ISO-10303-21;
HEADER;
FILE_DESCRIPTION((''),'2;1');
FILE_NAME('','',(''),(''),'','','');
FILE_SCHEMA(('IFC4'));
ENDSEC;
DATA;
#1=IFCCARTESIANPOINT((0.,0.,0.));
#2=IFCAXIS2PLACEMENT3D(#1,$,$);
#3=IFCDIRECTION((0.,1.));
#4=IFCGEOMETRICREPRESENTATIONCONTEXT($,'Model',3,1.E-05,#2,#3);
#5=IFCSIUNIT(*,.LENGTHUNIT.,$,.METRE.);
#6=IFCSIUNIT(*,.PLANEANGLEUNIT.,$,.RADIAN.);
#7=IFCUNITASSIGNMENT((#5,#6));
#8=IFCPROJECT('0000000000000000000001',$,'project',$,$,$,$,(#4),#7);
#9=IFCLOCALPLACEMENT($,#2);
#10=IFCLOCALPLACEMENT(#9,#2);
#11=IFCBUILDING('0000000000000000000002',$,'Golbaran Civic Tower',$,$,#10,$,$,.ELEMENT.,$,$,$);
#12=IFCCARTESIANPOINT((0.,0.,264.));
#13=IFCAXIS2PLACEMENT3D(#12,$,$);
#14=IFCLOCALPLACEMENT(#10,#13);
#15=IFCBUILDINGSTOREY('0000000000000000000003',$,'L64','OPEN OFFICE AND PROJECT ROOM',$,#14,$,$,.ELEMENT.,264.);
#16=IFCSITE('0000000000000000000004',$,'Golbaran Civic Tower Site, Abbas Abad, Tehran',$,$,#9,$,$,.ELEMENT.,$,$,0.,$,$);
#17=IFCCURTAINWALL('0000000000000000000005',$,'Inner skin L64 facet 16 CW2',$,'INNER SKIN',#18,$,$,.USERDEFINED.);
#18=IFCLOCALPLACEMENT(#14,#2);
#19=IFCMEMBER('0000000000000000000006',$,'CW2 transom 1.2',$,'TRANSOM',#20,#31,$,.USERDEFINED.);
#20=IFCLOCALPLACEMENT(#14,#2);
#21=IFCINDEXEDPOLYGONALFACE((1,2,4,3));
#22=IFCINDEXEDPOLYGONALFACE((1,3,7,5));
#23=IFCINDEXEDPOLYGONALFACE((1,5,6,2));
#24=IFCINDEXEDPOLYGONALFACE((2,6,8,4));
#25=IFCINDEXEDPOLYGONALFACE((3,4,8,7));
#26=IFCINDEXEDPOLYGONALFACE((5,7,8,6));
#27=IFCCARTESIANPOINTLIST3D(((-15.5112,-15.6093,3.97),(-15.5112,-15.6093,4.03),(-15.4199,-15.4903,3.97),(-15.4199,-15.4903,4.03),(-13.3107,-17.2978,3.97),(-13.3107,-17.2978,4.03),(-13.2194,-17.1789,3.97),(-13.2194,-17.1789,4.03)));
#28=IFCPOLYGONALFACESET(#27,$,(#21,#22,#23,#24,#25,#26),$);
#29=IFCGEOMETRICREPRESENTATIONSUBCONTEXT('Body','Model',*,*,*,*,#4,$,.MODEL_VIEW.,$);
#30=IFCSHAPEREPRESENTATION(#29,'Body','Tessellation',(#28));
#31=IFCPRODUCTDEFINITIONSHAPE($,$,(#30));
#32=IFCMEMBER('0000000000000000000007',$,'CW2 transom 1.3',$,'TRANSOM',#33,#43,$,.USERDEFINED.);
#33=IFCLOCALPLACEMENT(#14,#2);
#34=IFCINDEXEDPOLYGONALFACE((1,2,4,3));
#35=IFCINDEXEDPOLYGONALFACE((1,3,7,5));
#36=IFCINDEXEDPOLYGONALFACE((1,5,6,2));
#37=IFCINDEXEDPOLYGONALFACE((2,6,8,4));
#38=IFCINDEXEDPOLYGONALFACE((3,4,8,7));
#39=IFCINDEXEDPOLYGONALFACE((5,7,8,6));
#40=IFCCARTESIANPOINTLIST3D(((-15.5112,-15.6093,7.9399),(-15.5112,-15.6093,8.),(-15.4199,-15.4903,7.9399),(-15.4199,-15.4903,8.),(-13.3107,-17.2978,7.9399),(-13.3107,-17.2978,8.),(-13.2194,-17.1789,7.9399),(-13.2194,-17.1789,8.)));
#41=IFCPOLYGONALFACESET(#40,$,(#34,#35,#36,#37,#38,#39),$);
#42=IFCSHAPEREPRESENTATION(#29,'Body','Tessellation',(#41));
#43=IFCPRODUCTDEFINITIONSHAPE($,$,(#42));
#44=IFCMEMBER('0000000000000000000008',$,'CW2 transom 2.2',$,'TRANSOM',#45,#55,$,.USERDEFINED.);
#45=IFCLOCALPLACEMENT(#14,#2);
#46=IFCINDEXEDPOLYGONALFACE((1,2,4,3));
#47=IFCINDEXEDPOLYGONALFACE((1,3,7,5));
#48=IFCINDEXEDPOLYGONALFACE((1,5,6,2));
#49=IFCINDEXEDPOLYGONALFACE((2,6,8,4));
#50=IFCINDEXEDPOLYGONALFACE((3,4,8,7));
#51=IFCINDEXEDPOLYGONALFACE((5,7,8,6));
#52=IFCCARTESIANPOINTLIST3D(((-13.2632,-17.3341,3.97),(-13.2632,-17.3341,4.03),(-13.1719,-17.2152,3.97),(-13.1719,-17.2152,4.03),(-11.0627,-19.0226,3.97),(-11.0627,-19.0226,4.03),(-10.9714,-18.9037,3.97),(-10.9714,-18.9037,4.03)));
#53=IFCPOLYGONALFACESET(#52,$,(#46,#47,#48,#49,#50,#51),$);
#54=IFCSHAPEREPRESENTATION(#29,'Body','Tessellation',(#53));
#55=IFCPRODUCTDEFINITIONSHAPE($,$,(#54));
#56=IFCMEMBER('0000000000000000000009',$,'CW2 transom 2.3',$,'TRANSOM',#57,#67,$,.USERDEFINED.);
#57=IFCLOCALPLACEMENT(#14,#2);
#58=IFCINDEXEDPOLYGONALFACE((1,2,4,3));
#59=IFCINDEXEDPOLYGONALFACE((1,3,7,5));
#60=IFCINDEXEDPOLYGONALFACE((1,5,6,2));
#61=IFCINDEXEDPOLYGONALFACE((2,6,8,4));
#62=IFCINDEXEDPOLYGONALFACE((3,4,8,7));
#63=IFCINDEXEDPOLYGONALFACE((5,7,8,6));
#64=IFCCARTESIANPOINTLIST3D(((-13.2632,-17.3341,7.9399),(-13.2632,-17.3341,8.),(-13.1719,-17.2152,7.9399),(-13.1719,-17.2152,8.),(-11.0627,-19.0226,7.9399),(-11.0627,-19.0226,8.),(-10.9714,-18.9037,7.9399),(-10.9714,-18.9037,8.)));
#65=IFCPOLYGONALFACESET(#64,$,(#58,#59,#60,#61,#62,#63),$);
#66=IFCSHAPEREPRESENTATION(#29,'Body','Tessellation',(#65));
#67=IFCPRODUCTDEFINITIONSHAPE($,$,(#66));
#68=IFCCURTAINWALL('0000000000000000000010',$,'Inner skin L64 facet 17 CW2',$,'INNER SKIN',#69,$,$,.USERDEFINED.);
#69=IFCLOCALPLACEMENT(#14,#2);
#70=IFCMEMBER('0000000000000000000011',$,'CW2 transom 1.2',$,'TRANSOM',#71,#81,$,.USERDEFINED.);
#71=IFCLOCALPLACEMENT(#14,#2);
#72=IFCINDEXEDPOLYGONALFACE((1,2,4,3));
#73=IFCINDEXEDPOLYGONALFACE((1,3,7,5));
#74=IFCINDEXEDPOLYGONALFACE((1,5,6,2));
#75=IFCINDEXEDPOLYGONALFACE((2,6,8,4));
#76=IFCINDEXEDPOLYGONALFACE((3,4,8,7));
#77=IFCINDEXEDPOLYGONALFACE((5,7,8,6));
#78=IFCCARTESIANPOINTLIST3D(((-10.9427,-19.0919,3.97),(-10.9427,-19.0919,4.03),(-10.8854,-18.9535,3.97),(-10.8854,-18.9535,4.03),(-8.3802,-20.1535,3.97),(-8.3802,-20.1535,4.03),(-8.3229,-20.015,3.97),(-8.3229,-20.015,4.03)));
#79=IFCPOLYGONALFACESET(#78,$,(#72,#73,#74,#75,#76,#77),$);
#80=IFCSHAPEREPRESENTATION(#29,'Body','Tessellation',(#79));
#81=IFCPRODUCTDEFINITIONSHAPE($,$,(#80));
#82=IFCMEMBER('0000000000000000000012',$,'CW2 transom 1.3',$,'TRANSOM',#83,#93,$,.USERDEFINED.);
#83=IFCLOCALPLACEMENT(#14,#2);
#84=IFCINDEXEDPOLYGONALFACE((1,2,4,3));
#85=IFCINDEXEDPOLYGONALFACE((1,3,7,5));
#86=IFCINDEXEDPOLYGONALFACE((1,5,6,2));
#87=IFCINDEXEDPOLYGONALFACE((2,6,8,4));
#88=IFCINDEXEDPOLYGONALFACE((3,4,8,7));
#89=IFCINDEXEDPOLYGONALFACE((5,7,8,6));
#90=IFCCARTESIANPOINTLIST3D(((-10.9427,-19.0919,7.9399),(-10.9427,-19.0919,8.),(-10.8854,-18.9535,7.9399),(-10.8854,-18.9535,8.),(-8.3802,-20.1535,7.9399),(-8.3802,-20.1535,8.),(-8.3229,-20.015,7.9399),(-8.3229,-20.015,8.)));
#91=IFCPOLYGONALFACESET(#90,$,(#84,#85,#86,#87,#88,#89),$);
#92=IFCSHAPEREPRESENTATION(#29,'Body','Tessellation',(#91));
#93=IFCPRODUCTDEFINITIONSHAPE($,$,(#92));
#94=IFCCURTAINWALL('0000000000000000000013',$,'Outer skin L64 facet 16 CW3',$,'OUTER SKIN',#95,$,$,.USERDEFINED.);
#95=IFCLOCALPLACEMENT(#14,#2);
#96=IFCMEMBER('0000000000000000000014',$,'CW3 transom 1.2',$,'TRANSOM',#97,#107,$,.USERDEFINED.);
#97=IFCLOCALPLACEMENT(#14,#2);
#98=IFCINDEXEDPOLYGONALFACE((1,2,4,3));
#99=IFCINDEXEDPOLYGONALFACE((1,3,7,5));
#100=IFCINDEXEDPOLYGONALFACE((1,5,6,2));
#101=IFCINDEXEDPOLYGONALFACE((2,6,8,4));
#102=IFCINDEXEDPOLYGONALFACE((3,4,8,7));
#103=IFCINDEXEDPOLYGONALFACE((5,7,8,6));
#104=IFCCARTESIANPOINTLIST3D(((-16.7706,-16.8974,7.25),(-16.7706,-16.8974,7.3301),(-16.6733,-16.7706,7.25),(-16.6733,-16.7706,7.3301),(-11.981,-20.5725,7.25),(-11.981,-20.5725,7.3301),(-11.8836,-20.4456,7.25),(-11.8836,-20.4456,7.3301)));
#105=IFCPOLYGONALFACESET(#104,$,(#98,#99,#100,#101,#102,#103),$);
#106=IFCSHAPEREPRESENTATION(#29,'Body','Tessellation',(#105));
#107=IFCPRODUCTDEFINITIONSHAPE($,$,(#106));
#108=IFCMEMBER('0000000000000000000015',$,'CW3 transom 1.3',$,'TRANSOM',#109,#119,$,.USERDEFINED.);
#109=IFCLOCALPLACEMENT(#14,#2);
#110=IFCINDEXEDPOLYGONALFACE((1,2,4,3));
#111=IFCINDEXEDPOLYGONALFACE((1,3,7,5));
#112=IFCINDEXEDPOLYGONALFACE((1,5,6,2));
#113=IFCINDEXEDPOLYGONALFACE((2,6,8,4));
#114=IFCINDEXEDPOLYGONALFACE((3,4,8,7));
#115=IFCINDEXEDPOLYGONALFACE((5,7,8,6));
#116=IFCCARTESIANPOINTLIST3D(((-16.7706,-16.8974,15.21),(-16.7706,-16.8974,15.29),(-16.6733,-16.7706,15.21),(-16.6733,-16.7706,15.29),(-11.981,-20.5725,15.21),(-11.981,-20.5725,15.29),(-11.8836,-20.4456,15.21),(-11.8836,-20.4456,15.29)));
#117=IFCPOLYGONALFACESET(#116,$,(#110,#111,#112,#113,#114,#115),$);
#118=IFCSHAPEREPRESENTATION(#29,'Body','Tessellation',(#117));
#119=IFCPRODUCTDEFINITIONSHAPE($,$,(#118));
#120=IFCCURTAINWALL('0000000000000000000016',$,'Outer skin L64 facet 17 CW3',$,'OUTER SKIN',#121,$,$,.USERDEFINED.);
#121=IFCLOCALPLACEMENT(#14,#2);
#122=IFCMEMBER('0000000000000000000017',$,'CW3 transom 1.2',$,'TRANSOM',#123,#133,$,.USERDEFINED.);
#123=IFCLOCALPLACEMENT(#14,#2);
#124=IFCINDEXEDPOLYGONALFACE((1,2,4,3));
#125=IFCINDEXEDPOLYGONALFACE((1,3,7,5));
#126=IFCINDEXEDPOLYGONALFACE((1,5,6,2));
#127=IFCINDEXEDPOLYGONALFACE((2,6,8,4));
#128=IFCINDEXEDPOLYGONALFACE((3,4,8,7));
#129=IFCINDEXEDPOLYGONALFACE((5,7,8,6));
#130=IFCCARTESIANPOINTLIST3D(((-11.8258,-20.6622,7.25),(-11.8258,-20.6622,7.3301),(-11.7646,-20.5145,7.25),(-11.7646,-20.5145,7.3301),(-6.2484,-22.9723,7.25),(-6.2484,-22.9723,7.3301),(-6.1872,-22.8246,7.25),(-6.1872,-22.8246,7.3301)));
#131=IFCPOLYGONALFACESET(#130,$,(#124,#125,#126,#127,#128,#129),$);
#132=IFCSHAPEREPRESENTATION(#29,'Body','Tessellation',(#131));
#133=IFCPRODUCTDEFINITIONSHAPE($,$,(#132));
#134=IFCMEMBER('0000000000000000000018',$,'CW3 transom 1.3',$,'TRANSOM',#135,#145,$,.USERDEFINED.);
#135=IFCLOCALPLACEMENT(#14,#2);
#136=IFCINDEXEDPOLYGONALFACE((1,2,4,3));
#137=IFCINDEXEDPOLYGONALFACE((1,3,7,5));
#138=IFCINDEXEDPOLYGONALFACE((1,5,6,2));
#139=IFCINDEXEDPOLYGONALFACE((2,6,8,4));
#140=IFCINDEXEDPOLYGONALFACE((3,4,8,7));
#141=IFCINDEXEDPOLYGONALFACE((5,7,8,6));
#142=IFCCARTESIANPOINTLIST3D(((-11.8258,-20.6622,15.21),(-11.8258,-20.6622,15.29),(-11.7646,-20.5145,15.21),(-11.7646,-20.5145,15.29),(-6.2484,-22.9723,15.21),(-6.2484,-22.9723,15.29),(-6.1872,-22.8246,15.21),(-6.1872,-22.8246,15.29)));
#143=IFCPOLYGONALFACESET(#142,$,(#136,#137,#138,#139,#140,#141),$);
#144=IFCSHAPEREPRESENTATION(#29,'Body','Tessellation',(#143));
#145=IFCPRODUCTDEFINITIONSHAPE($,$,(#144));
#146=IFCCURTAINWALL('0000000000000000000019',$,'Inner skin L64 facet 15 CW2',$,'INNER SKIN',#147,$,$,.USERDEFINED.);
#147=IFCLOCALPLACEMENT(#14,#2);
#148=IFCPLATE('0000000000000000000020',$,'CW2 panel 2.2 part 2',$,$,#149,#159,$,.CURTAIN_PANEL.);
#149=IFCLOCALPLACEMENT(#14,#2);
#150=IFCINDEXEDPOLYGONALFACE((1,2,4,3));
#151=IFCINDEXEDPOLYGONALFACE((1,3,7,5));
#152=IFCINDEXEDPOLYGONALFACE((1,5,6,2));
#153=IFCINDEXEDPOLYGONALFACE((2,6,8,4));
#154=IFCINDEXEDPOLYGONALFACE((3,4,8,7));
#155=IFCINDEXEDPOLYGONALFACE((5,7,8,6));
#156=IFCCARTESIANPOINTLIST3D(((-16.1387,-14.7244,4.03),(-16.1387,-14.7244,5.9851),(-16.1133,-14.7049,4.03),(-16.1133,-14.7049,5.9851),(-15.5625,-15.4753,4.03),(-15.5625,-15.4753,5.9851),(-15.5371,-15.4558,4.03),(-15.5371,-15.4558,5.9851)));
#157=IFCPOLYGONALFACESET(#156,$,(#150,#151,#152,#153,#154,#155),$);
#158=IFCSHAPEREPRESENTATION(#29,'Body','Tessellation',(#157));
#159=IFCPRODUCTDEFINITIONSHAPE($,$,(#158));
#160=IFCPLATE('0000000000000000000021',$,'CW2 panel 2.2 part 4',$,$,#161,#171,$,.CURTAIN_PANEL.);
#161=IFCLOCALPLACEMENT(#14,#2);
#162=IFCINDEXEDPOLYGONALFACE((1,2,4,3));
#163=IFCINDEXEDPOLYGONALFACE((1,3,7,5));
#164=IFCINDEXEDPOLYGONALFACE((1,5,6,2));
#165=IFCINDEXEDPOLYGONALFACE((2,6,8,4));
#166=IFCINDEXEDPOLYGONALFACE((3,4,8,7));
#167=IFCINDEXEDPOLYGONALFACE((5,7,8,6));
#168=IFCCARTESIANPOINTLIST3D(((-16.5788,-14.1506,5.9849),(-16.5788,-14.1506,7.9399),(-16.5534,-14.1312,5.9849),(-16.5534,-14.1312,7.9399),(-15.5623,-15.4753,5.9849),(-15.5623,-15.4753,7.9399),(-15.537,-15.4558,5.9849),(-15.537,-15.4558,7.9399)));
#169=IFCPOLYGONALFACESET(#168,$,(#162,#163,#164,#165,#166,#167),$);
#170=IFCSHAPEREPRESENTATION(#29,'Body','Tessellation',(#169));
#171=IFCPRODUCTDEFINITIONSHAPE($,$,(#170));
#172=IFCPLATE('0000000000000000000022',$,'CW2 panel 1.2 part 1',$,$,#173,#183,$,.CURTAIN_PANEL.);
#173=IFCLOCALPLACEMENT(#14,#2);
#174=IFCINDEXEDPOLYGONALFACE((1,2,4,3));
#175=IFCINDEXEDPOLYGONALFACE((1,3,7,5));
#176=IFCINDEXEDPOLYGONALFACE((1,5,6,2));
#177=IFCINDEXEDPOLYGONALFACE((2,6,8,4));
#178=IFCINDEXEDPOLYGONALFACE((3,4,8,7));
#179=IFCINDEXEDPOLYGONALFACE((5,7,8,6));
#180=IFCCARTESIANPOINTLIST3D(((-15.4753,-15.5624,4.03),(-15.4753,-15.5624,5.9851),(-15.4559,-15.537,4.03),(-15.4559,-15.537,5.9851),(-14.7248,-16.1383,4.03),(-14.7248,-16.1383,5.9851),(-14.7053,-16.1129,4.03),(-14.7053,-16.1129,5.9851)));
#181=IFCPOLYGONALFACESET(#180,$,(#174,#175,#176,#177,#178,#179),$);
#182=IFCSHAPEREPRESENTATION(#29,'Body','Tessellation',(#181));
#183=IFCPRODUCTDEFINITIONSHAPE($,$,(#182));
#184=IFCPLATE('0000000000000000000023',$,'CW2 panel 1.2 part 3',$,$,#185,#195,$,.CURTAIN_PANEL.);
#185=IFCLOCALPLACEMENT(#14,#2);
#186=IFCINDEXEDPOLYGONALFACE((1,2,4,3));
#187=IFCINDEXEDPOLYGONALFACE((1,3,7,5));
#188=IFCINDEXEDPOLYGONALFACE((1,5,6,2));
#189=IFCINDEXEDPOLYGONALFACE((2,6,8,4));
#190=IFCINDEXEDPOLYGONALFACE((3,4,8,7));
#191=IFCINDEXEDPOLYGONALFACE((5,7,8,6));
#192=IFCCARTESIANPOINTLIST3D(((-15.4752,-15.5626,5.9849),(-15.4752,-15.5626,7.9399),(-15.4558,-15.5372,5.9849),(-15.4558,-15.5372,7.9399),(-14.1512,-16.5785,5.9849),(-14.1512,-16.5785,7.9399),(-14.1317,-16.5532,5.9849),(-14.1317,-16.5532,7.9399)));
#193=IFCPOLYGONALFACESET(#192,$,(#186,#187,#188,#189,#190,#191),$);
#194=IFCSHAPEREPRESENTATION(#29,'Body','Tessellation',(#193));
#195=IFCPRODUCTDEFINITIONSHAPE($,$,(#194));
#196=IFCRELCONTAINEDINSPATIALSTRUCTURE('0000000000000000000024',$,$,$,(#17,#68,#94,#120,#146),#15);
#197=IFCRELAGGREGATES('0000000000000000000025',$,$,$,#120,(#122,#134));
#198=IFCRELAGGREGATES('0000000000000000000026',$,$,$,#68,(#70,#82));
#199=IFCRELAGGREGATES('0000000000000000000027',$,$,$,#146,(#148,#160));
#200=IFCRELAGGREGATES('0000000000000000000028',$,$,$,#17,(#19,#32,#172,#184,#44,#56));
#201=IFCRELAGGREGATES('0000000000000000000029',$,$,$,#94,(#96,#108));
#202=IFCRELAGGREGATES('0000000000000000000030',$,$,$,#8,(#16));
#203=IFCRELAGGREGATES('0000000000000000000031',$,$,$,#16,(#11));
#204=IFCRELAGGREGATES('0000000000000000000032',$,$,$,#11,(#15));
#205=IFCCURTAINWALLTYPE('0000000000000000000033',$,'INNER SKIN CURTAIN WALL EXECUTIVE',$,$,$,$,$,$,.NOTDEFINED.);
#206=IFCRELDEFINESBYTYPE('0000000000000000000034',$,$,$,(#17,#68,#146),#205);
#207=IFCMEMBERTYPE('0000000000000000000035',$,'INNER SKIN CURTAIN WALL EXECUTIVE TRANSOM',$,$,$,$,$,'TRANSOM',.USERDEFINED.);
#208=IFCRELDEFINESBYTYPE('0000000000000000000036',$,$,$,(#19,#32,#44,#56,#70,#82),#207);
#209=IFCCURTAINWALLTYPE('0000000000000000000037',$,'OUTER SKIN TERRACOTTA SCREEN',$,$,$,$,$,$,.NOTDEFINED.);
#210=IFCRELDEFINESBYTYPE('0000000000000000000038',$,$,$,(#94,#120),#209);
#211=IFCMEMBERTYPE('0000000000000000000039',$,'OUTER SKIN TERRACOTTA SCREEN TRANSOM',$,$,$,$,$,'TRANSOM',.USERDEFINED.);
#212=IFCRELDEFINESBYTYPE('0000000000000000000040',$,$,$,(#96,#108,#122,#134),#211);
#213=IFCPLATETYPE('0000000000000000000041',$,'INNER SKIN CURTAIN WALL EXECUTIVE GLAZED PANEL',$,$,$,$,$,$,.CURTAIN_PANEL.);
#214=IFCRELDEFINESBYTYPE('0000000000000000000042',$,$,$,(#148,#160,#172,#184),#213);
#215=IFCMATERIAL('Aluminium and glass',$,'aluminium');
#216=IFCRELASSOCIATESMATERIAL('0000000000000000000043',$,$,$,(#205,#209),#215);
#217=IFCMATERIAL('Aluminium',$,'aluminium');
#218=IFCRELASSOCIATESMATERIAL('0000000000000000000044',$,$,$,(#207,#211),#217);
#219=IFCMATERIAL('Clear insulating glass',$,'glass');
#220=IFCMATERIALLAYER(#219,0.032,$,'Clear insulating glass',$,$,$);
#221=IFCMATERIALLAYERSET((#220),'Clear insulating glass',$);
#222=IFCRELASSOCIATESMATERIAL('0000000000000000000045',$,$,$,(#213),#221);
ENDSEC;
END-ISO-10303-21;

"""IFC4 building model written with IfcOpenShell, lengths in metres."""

from ifc_helpers import new_model, si_unit, direction, frame, origin, origin_2d, place, context, subcontext, project, spatial, rectangle, extrude, material, layer, layer_set, material_profile, profile_set, type_object, element, aggregate, save


model = new_model("IFC4")

# Units and contexts
model_context = context("Model", 3, precision=1e-05, world=origin(), true_north=direction((0.0, 1.0)))
body_context = subcontext(model_context, "Body", "Model", "MODEL_VIEW")
ifc_project = project(units=[si_unit("LENGTHUNIT", "METRE"), si_unit("PLANEANGLEUNIT", "RADIAN")], contexts=[model_context])

# Site, building, storey
site_placement = place(None, origin())
site = spatial("IfcSite", under=ifc_project, at=site_placement, Name="Golbaran Civic Tower Site, Abbas Abad, Tehran", CompositionType="ELEMENT", RefElevation=0.0)
building_placement = place(site_placement, origin())
building = spatial("IfcBuilding", under=site, at=building_placement, Name="Golbaran Civic Tower", CompositionType="ELEMENT")
storey_placement = place(building_placement, frame((0.0, 0.0, 264.0)))
storey = spatial("IfcBuildingStorey", under=building, at=storey_placement, Name="L64", Description="OPEN OFFICE AND PROJECT ROOM", CompositionType="ELEMENT", Elevation=264.0)

# Curtain walls, members
ifc_material_1 = material(Name="Aluminium and glass", Category="aluminium")
curtain_wall_type_1 = type_object("IfcCurtainWallType", Name="INNER SKIN CURTAIN WALL EXECUTIVE", PredefinedType="NOTDEFINED", material=ifc_material_1)
curtain_wall_1_placement = place(storey_placement, origin())
curtain_wall_1 = element("IfcCurtainWall", 1, at=curtain_wall_1_placement, inside=storey, type_object=curtain_wall_type_1, Name="Inner skin L64 facet 16 CW2", ObjectType="INNER SKIN", PredefinedType="USERDEFINED")
ifc_material_2 = material(Name="Aluminium", Category="aluminium")
ifc_material_profile_1 = material_profile(ifc_material_2, rectangle(XDim=0.1499, YDim=0.0601, at=origin_2d()), Name="INNER SKIN CURTAIN WALL EXECUTIVE TRANSOM")
ifc_profile_set_1 = profile_set([ifc_material_profile_1], Name="Aluminium")
member_type_1 = type_object("IfcMemberType", Name="INNER SKIN CURTAIN WALL EXECUTIVE TRANSOM", ElementType="TRANSOM", PredefinedType="USERDEFINED", material=ifc_profile_set_1)
member_1_placement = place(storey_placement, frame((-15.4656, -15.5498, 4.0), z_axis=(0.79335, -0.608766, 0.0), x_axis=(0.608766, 0.79335, 0.0)))
member_1 = element("IfcMember", 2, at=member_1_placement, type_object=member_type_1, Name="CW2 transom 1.2", ObjectType="TRANSOM", PredefinedType="USERDEFINED", context=body_context, shape_type="SweptSolid", body=[
    extrude(rectangle(XDim=0.1499, YDim=0.0601, at=origin_2d()), origin(), (0.0, 0.0, 1.0), 2.7737),
])
member_2_placement = place(storey_placement, frame((-15.4656, -15.5498, 7.97), z_axis=(0.79335, -0.608766, 0.0), x_axis=(0.608766, 0.79335, 0.0)))
member_2 = element("IfcMember", 3, at=member_2_placement, type_object=member_type_1, Name="CW2 transom 1.3", ObjectType="TRANSOM", PredefinedType="USERDEFINED", context=body_context, shape_type="SweptSolid", body=[
    extrude(rectangle(XDim=0.1499, YDim=0.0601, at=origin_2d()), origin(), (0.0, 0.0, 1.0), 2.7737),
])
member_3_placement = place(storey_placement, frame((-13.2175, -17.2747, 4.0), z_axis=(0.79335, -0.608766, 0.0), x_axis=(0.608766, 0.79335, 0.0)))
member_3 = element("IfcMember", 4, at=member_3_placement, type_object=member_type_1, Name="CW2 transom 2.2", ObjectType="TRANSOM", PredefinedType="USERDEFINED", context=body_context, shape_type="SweptSolid", body=[
    extrude(rectangle(XDim=0.1499, YDim=0.0601, at=origin_2d()), origin(), (0.0, 0.0, 1.0), 2.7737),
])
member_4_placement = place(storey_placement, frame((-13.2175, -17.2747, 7.97), z_axis=(0.79335, -0.608766, 0.0), x_axis=(0.608766, 0.79335, 0.0)))
member_4 = element("IfcMember", 5, at=member_4_placement, type_object=member_type_1, Name="CW2 transom 2.3", ObjectType="TRANSOM", PredefinedType="USERDEFINED", context=body_context, shape_type="SweptSolid", body=[
    extrude(rectangle(XDim=0.1499, YDim=0.0601, at=origin_2d()), origin(), (0.0, 0.0, 1.0), 2.7737),
])
curtain_wall_2_placement = place(storey_placement, origin())
curtain_wall_2 = element("IfcCurtainWall", 6, at=curtain_wall_2_placement, inside=storey, type_object=curtain_wall_type_1, Name="Inner skin L64 facet 17 CW2", ObjectType="INNER SKIN", PredefinedType="USERDEFINED")
member_5_placement = place(storey_placement, frame((-10.9141, -19.0227, 4.0), z_axis=(0.923867, -0.382715, 0.0), x_axis=(0.382715, 0.923867, 0.0)))
member_5 = element("IfcMember", 7, at=member_5_placement, type_object=member_type_1, Name="CW2 transom 1.2", ObjectType="TRANSOM", PredefinedType="USERDEFINED", context=body_context, shape_type="SweptSolid", body=[
    extrude(rectangle(XDim=0.1499, YDim=0.0601, at=origin_2d()), origin(), (0.0, 0.0, 1.0), 2.7737),
])
member_6_placement = place(storey_placement, frame((-10.9141, -19.0227, 7.97), z_axis=(0.923867, -0.382715, 0.0), x_axis=(0.382715, 0.923867, 0.0)))
member_6 = element("IfcMember", 8, at=member_6_placement, type_object=member_type_1, Name="CW2 transom 1.3", ObjectType="TRANSOM", PredefinedType="USERDEFINED", context=body_context, shape_type="SweptSolid", body=[
    extrude(rectangle(XDim=0.1499, YDim=0.0601, at=origin_2d()), origin(), (0.0, 0.0, 1.0), 2.7737),
])
curtain_wall_type_2 = type_object("IfcCurtainWallType", Name="OUTER SKIN TERRACOTTA SCREEN", PredefinedType="NOTDEFINED", material=ifc_material_1)
curtain_wall_3_placement = place(storey_placement, origin())
curtain_wall_3 = element("IfcCurtainWall", 9, at=curtain_wall_3_placement, inside=storey, type_object=curtain_wall_type_2, Name="Outer skin L64 facet 16 CW3", ObjectType="OUTER SKIN", PredefinedType="USERDEFINED")
ifc_material_profile_2 = material_profile(ifc_material_2, rectangle(XDim=0.1599, YDim=0.0801, at=origin_2d()), Name="OUTER SKIN TERRACOTTA SCREEN TRANSOM")
ifc_profile_set_2 = profile_set([ifc_material_profile_2], Name="Aluminium")
member_type_2 = type_object("IfcMemberType", Name="OUTER SKIN TERRACOTTA SCREEN TRANSOM", ElementType="TRANSOM", PredefinedType="USERDEFINED", material=ifc_profile_set_2)
member_7_placement = place(storey_placement, frame((-16.7219, -16.834, 7.29), z_axis=(0.793362, -0.608751, 0.0), x_axis=(0.608751, 0.793362, 0.0)))
member_7 = element("IfcMember", 10, at=member_7_placement, type_object=member_type_2, Name="CW3 transom 1.2", ObjectType="TRANSOM", PredefinedType="USERDEFINED", context=body_context, shape_type="SweptSolid", body=[
    extrude(rectangle(XDim=0.1599, YDim=0.0801, at=origin_2d()), origin(), (0.0, 0.0, 1.0), 6.0371),
])
member_8_placement = place(storey_placement, frame((-16.7219, -16.834, 15.25), z_axis=(0.793362, -0.608751, 0.0), x_axis=(0.608751, 0.793362, 0.0)))
member_8 = element("IfcMember", 11, at=member_8_placement, type_object=member_type_2, Name="CW3 transom 1.3", ObjectType="TRANSOM", PredefinedType="USERDEFINED", context=body_context, shape_type="SweptSolid", body=[
    extrude(rectangle(XDim=0.1599, YDim=0.0801, at=origin_2d()), origin(), (0.0, 0.0, 1.0), 6.0371),
])
curtain_wall_4_placement = place(storey_placement, origin())
curtain_wall_4 = element("IfcCurtainWall", 12, at=curtain_wall_4_placement, inside=storey, type_object=curtain_wall_type_2, Name="Outer skin L64 facet 17 CW3", ObjectType="OUTER SKIN", PredefinedType="USERDEFINED")
member_9_placement = place(storey_placement, frame((-11.7952, -20.5884, 7.29), z_axis=(0.92389, -0.382659, 0.0), x_axis=(0.382659, 0.92389, 0.0)))
member_9 = element("IfcMember", 13, at=member_9_placement, type_object=member_type_2, Name="CW3 transom 1.2", ObjectType="TRANSOM", PredefinedType="USERDEFINED", context=body_context, shape_type="SweptSolid", body=[
    extrude(rectangle(XDim=0.1599, YDim=0.0801, at=origin_2d()), origin(), (0.0, 0.0, 1.0), 6.0369),
])
member_10_placement = place(storey_placement, frame((-11.7952, -20.5884, 15.25), z_axis=(0.92389, -0.382659, 0.0), x_axis=(0.382659, 0.92389, 0.0)))
member_10 = element("IfcMember", 14, at=member_10_placement, type_object=member_type_2, Name="CW3 transom 1.3", ObjectType="TRANSOM", PredefinedType="USERDEFINED", context=body_context, shape_type="SweptSolid", body=[
    extrude(rectangle(XDim=0.1599, YDim=0.0801, at=origin_2d()), origin(), (0.0, 0.0, 1.0), 6.0369),
])
aggregate(curtain_wall_4, [member_9, member_10])

# Curtain wall, plates
curtain_wall_5_placement = place(storey_placement, origin())
curtain_wall_5 = element("IfcCurtainWall", 15, at=curtain_wall_5_placement, inside=storey, type_object=curtain_wall_type_1, Name="Inner skin L64 facet 15 CW2", ObjectType="INNER SKIN", PredefinedType="USERDEFINED")
ifc_material_3 = material(Name="Clear insulating glass", Category="glass")
ifc_layer_1 = layer(ifc_material_3, 0.032, Name="Clear insulating glass")
ifc_layer_set_1 = layer_set([ifc_layer_1], Name="Clear insulating glass")
plate_type_1 = type_object("IfcPlateType", Name="INNER SKIN CURTAIN WALL EXECUTIVE GLAZED PANEL", PredefinedType="CURTAIN_PANEL", material=ifc_layer_set_1)
plate_1_placement = place(storey_placement, frame((-15.8379, -15.0901, 4.03), z_axis=(0.0, 0.0, 1.0), x_axis=(0.608761, -0.793353, 0.0)))
plate_1 = element("IfcPlate", 16, at=plate_1_placement, type_object=plate_type_1, Name="CW2 panel 2.2 part 2", PredefinedType="CURTAIN_PANEL", context=body_context, shape_type="SweptSolid", body=[
    extrude(rectangle(XDim=0.9465, YDim=0.032, at=origin_2d()), origin(), (0.0, 0.0, 1.0), 1.9551),
])
plate_2_placement = place(storey_placement, frame((-16.0579, -14.8032, 5.9849), z_axis=(0.0, 0.0, 1.0), x_axis=(0.608761, -0.793353, 0.0)))
plate_2 = element("IfcPlate", 17, at=plate_2_placement, type_object=plate_type_1, Name="CW2 panel 2.2 part 4", PredefinedType="CURTAIN_PANEL", context=body_context, shape_type="SweptSolid", body=[
    extrude(rectangle(XDim=1.6697, YDim=0.032, at=origin_2d()), origin(), (0.0, 0.0, 1.0), 1.9551),
])

# Plates
plate_3_placement = place(storey_placement, frame((-15.0903, -15.8376, 4.03), z_axis=(0.0, 0.0, 1.0), x_axis=(0.793353, -0.608761, 0.0)))
plate_3 = element("IfcPlate", 18, at=plate_3_placement, type_object=plate_type_1, Name="CW2 panel 1.2 part 1", PredefinedType="CURTAIN_PANEL", context=body_context, shape_type="SweptSolid", body=[
    extrude(rectangle(XDim=0.946, YDim=0.032, at=origin_2d()), origin(), (0.0, 0.0, 1.0), 1.9551),
])
plate_4_placement = place(storey_placement, frame((-14.8035, -16.0579, 5.9849), z_axis=(0.0, 0.0, 1.0), x_axis=(0.793353, -0.608761, 0.0)))
plate_4 = element("IfcPlate", 19, at=plate_4_placement, type_object=plate_type_1, Name="CW2 panel 1.2 part 3", PredefinedType="CURTAIN_PANEL", context=body_context, shape_type="SweptSolid", body=[
    extrude(rectangle(XDim=1.6689, YDim=0.032, at=origin_2d()), origin(), (0.0, 0.0, 1.0), 1.9551),
])
aggregate(curtain_wall_2, [member_5, member_6])
aggregate(curtain_wall_5, [plate_1, plate_2])
aggregate(curtain_wall_1, [member_1, member_2, plate_3, plate_4, member_3, member_4])
aggregate(curtain_wall_3, [member_7, member_8])

save(model, "model.ifc")
